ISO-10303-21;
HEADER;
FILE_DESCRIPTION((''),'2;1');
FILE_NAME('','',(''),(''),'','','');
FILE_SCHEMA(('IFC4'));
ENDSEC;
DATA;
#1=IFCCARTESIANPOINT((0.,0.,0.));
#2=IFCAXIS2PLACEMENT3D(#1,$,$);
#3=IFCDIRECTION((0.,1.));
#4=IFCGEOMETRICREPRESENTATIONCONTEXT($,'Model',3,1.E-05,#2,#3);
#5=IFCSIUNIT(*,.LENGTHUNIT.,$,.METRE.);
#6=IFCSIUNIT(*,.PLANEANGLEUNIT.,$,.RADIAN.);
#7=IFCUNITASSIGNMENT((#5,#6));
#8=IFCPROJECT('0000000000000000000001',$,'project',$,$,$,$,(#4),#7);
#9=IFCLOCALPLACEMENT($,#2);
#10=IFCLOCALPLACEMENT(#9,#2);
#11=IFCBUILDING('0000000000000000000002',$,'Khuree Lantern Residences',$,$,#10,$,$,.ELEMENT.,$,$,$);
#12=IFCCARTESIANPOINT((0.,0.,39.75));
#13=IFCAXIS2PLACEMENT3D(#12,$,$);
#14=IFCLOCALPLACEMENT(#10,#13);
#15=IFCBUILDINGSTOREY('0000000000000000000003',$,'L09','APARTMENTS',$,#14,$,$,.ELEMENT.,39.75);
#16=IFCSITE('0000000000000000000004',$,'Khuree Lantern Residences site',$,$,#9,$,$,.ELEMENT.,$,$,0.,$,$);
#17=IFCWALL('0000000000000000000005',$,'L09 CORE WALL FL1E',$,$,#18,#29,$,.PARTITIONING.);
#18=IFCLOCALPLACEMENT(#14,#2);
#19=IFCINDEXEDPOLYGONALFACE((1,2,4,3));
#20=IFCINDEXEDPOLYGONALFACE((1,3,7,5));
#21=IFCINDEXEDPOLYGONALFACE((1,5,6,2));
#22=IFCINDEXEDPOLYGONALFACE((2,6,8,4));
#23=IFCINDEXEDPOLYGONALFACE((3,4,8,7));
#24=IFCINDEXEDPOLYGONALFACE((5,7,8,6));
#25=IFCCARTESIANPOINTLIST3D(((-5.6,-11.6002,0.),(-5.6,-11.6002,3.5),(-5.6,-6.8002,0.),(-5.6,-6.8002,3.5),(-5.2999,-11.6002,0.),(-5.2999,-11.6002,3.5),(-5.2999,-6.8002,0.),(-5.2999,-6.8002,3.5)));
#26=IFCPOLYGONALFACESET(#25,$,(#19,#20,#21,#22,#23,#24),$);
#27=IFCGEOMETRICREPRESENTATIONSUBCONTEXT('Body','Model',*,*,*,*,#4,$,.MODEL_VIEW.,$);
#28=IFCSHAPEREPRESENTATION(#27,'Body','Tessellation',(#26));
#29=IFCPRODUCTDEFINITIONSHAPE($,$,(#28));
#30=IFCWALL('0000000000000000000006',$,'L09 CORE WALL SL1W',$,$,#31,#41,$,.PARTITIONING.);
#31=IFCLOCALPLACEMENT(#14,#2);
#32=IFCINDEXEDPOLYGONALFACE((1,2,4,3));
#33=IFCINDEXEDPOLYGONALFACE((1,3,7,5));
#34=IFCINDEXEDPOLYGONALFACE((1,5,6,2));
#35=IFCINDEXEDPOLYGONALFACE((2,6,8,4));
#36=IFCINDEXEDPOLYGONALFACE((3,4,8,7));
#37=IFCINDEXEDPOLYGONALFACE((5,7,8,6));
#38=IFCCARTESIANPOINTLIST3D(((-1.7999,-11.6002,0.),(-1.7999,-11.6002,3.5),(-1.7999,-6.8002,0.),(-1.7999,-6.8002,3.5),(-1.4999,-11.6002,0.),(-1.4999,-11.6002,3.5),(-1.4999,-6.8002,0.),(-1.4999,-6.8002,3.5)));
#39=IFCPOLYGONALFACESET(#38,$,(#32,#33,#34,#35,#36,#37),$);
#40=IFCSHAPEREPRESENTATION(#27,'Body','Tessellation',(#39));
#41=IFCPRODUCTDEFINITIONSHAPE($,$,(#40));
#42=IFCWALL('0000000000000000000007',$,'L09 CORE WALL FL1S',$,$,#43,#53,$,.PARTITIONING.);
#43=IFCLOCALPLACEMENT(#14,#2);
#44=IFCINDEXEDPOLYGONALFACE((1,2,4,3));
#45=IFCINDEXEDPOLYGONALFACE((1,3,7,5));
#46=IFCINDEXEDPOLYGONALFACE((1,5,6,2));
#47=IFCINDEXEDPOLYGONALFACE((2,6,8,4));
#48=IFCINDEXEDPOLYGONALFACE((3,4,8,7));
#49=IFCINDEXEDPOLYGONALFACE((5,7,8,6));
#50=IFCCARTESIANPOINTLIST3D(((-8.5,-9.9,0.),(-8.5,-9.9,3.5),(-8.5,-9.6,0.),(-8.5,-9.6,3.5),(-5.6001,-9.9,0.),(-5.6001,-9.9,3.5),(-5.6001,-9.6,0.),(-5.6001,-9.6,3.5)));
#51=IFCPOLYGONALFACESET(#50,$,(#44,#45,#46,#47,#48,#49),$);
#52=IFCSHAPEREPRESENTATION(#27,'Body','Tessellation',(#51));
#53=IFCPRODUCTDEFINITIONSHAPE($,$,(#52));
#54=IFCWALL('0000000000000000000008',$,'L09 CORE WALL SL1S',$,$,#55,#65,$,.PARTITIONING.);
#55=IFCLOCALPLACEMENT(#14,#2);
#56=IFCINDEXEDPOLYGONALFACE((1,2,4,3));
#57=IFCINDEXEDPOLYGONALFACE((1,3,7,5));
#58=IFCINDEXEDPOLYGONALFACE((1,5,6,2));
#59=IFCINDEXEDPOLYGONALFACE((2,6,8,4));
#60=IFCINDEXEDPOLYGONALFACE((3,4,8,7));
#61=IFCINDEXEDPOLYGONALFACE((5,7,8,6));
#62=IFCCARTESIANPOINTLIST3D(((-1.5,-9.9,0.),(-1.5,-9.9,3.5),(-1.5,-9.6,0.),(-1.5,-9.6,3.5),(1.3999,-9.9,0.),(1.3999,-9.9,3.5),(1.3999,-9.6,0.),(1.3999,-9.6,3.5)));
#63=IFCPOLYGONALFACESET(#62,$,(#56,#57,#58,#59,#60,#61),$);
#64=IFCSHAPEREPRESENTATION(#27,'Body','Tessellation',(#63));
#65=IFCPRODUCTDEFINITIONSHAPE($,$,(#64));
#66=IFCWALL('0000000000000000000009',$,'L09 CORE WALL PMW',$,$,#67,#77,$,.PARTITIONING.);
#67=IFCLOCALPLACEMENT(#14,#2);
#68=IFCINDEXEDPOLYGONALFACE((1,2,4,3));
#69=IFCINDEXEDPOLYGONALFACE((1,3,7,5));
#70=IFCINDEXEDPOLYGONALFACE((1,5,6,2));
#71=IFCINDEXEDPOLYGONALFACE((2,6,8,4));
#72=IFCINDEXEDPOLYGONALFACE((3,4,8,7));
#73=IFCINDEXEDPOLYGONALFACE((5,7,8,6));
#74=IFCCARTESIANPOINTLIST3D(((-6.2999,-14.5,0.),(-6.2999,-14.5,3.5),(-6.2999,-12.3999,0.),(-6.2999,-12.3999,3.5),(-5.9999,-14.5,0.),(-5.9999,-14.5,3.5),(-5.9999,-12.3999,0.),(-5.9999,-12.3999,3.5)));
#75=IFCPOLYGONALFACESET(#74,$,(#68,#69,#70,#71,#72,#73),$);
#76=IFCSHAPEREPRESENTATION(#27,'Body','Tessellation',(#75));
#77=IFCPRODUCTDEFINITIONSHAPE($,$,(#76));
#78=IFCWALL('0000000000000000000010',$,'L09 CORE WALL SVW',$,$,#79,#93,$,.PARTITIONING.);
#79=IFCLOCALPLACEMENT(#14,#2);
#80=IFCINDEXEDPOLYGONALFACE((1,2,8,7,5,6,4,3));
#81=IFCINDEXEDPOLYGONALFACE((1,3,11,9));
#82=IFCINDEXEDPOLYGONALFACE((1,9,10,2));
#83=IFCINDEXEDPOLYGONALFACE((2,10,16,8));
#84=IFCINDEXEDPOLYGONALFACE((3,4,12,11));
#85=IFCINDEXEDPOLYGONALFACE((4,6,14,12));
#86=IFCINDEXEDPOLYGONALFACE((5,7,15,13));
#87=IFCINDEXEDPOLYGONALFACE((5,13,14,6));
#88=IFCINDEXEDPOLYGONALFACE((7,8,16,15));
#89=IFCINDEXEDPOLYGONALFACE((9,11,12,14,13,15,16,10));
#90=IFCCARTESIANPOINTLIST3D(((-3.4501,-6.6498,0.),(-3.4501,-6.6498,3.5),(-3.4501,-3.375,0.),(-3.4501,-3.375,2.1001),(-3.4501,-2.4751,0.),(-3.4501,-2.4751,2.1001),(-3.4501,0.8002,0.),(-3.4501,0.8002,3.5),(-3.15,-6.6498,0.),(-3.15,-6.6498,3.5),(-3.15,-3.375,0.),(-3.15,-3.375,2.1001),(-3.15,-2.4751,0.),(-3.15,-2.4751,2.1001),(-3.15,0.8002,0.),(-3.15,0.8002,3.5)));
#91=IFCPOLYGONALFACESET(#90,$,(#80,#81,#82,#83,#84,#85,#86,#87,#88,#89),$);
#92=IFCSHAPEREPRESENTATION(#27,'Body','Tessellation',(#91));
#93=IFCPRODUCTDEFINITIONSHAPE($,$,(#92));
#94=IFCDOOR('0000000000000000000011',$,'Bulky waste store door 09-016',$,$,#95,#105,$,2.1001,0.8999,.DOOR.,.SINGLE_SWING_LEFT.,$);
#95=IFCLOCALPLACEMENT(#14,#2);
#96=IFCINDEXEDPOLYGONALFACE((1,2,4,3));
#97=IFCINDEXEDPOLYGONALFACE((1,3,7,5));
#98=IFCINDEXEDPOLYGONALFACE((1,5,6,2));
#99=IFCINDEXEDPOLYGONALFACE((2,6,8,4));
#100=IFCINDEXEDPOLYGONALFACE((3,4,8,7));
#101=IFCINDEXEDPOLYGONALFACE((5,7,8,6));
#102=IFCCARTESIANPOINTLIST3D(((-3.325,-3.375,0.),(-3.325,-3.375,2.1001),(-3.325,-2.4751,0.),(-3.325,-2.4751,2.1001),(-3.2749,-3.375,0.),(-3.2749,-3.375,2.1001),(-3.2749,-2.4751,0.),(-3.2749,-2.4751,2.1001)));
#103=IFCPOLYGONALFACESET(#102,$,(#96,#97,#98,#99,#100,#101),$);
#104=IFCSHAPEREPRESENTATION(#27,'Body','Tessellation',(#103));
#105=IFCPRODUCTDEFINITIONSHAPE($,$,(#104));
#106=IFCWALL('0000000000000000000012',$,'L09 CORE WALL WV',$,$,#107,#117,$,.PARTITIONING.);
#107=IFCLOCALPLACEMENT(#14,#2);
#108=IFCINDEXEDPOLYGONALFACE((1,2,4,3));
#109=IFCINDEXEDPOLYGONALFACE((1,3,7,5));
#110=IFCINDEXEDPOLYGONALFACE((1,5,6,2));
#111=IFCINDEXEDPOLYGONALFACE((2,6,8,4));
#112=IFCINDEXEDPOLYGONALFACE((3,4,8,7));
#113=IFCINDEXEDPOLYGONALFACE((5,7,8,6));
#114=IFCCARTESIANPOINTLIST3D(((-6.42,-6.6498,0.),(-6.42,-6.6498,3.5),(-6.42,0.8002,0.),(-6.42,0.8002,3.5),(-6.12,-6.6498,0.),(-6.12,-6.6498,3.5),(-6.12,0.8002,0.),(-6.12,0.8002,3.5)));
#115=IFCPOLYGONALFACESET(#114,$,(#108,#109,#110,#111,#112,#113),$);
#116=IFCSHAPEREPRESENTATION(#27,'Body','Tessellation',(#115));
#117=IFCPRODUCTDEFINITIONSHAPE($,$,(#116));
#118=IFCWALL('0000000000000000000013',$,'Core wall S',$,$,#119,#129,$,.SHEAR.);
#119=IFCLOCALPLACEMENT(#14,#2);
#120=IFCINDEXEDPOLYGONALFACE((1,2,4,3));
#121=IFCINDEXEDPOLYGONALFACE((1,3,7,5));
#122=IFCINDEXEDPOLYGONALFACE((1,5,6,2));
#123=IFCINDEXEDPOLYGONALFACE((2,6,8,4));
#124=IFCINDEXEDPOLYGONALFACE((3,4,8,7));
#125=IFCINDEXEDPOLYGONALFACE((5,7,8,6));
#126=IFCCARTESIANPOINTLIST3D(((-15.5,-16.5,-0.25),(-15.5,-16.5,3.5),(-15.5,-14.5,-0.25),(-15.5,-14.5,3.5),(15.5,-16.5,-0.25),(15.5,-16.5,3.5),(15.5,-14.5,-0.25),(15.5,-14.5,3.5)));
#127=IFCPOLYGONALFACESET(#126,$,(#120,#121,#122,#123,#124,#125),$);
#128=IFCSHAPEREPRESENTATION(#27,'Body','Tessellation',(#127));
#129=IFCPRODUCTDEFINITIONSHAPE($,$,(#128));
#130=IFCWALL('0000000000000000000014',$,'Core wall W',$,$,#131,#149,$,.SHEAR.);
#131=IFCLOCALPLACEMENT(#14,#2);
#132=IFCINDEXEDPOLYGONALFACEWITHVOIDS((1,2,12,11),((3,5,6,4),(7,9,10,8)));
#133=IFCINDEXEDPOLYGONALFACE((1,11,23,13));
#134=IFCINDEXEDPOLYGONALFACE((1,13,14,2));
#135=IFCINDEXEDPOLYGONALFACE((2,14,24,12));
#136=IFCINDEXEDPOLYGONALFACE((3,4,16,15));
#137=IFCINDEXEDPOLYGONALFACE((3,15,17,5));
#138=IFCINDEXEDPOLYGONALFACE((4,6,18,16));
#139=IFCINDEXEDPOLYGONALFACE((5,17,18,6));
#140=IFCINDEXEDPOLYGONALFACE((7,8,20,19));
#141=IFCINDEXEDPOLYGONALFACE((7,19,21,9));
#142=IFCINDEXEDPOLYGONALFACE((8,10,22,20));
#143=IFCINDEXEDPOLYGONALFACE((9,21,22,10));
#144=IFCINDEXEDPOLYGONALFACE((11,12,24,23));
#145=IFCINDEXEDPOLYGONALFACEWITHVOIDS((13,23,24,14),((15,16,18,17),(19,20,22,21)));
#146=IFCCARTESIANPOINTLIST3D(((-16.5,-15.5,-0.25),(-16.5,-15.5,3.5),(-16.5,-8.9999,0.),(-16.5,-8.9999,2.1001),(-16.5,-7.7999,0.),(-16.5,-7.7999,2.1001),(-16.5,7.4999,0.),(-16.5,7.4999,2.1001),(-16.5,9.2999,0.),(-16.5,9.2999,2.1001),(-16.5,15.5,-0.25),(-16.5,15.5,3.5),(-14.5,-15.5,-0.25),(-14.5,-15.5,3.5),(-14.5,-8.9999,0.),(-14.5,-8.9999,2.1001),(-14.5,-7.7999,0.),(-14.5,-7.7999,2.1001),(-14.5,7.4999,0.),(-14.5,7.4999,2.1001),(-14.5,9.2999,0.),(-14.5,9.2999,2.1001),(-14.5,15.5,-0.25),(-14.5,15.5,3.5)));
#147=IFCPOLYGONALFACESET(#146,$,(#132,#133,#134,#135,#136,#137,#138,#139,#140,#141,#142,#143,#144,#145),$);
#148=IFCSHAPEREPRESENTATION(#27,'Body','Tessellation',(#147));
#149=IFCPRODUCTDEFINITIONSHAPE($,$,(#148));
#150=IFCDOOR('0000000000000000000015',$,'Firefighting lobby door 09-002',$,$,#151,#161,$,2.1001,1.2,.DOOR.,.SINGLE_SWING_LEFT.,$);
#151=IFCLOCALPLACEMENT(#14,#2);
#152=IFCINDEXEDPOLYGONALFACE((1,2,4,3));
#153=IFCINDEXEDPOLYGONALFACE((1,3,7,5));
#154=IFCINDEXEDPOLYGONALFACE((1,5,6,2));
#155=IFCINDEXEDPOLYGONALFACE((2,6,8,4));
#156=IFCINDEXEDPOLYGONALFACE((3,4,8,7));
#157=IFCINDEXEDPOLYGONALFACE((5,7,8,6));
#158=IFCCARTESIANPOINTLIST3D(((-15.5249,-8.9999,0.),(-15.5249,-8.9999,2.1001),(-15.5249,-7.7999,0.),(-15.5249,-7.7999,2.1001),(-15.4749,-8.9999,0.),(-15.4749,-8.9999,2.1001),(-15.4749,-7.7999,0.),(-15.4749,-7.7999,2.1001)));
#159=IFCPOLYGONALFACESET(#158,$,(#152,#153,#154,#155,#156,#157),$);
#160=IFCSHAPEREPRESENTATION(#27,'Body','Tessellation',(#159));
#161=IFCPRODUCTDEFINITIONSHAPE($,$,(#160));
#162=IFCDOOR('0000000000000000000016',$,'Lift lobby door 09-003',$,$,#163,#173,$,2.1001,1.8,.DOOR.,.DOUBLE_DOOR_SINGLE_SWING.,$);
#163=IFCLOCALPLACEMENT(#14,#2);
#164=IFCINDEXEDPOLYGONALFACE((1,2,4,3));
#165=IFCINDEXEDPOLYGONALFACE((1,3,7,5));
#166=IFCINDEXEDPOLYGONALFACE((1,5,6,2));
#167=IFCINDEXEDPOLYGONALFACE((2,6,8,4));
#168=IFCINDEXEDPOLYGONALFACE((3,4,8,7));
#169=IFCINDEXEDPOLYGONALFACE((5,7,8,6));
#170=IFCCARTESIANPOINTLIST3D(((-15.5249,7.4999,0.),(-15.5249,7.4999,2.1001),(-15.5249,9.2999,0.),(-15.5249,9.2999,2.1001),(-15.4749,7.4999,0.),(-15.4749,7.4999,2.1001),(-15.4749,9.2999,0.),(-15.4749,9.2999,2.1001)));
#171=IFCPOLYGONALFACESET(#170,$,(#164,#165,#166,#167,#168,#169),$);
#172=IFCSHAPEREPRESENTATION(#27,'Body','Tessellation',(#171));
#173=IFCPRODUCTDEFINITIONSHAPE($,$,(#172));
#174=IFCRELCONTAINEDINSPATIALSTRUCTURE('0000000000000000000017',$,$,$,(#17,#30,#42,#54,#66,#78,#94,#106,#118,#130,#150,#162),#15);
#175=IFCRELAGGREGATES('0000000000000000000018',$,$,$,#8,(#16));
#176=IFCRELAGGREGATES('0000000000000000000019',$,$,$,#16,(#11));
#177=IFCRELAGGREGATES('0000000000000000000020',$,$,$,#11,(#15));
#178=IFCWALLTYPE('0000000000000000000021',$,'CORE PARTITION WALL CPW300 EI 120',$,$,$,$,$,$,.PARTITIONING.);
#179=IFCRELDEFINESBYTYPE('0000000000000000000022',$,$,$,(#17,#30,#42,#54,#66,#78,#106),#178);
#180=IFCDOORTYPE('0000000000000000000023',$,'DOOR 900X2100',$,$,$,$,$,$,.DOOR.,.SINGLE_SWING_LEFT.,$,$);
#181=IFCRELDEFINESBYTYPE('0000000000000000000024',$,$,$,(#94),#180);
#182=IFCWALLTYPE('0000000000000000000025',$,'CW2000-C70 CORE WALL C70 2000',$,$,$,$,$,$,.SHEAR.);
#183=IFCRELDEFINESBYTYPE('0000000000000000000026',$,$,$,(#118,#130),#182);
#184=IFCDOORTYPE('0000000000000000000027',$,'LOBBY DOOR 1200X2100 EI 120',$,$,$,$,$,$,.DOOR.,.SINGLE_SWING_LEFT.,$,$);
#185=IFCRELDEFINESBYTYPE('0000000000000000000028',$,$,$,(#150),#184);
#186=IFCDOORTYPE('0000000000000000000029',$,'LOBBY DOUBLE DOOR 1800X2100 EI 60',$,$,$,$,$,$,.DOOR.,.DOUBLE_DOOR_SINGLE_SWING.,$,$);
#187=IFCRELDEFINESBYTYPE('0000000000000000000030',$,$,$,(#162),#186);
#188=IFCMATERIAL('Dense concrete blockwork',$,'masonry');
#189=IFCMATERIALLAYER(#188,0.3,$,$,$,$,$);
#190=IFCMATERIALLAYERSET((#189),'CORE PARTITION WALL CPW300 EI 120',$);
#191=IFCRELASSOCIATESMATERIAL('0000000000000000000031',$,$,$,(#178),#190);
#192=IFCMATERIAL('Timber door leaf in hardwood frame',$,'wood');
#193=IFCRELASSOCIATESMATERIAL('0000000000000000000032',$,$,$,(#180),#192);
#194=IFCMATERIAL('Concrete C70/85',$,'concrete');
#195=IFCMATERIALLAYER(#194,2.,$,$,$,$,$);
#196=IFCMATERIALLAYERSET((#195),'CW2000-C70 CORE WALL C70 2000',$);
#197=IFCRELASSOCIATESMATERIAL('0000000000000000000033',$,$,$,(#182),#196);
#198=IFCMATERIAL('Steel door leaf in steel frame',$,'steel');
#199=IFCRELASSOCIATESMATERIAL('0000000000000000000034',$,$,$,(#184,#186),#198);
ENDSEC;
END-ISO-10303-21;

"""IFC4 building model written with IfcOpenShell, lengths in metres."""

from ifc_helpers import new_model, si_unit, direction, frame, frame_2d, origin, place, context, subcontext, project, spatial, rectangle, extrude, material, layer, layer_set, type_object, element, fill, save


model = new_model("IFC4")

# Units and contexts
model_context = context("Model", 3, precision=1e-05, world=origin(), true_north=direction((0.0, 1.0)))
body_context = subcontext(model_context, "Body", "Model", "MODEL_VIEW")
ifc_project = project(units=[si_unit("LENGTHUNIT", "METRE"), si_unit("PLANEANGLEUNIT", "RADIAN")], contexts=[model_context])

# Site, building, storey
site_placement = place(None, origin())
site = spatial("IfcSite", under=ifc_project, at=site_placement, Name="Khuree Lantern Residences site", CompositionType="ELEMENT", RefElevation=0.0)
building_placement = place(site_placement, origin())
building = spatial("IfcBuilding", under=site, at=building_placement, Name="Khuree Lantern Residences", CompositionType="ELEMENT")
storey_placement = place(building_placement, frame((0.0, 0.0, 39.75)))
storey = spatial("IfcBuildingStorey", under=building, at=storey_placement, Name="L09", Description="APARTMENTS", CompositionType="ELEMENT", Elevation=39.75)

# Shared definitions
ifc_material_1 = material(Name="Concrete C70/85", Category="concrete")

# Shared definitions
ifc_material_2 = material(Name="Dense concrete blockwork", Category="masonry")
ifc_layer_1 = layer(ifc_material_2, 0.3)
ifc_layer_set_1 = layer_set([ifc_layer_1], Name="CORE PARTITION WALL CPW300 EI 120")
wall_type_1 = type_object("IfcWallType", Name="CORE PARTITION WALL CPW300 EI 120", PredefinedType="PARTITIONING", material=ifc_layer_set_1)

# Shared definitions
ifc_material_3 = material(Name="Steel door leaf in steel frame", Category="steel")

# Walls
for number, where, z_axis, x_axis, name in (
    (1, (-5.45, -11.6001, 0.0), (0.0, 0.0, 1.0), (0.0, 1.0, 0.0), "L09 CORE WALL FL1E"),
    (2, (-1.6499, -11.6001, 0.0), (0.0, 0.0, 1.0), (0.0, 1.0, 0.0), "L09 CORE WALL SL1W"),
):
    element("IfcWall", number, at=place(storey_placement, frame(where, z_axis=z_axis, x_axis=x_axis)), inside=storey, type_object=wall_type_1, Name=name, PredefinedType="PARTITIONING", context=body_context, shape_type="SweptSolid", body=[
        extrude(rectangle(XDim=4.8, YDim=0.3, at=frame_2d((2.3999, 0.0))), origin(), (0.0, 0.0, 1.0), 3.5),
    ])
for number, where, z_axis, x_axis, name in (
    (3, (-8.5, -9.75, 0.0), (0.0, 0.0, 1.0), (1.0, 0.0, 0.0), "L09 CORE WALL FL1S"),
    (4, (-1.5, -9.75, 0.0), (0.0, 0.0, 1.0), (1.0, 0.0, 0.0), "L09 CORE WALL SL1S"),
):
    element("IfcWall", number, at=place(storey_placement, frame(where, z_axis=z_axis, x_axis=x_axis)), inside=storey, type_object=wall_type_1, Name=name, PredefinedType="PARTITIONING", context=body_context, shape_type="SweptSolid", body=[
        extrude(rectangle(XDim=2.8999, YDim=0.3, at=frame_2d((1.45, 0.0))), origin(), (0.0, 0.0, 1.0), 3.5),
    ])
wall_1_placement = place(storey_placement, frame((-6.1499, -14.5, 0.0), z_axis=(0.0, 0.0, 1.0), x_axis=(0.0, 1.0, 0.0)))
element("IfcWall", 5, at=wall_1_placement, inside=storey, type_object=wall_type_1, Name="L09 CORE WALL PMW", PredefinedType="PARTITIONING", context=body_context, shape_type="SweptSolid", body=[
    extrude(rectangle(XDim=2.1001, YDim=0.3, at=frame_2d((1.05, 0.0))), origin(), (0.0, 0.0, 1.0), 3.5),
])

# Wall, opening, door
wall_2_placement = place(storey_placement, frame((-3.3, -6.6499, 0.0), z_axis=(0.0, 0.0, 1.0), x_axis=(0.0, 1.0, 0.0)))
wall_2 = element("IfcWall", 6, at=wall_2_placement, inside=storey, type_object=wall_type_1, Name="L09 CORE WALL SVW", PredefinedType="PARTITIONING", context=body_context, shape_type="SweptSolid", body=[
    extrude(rectangle(XDim=7.45, YDim=0.3, at=frame_2d((3.7251, 0.0))), origin(), (0.0, 0.0, 1.0), 3.5),
])
opening_1_placement = place(wall_2_placement, frame((3.2749, 0.0, 0.0)))
opening_1 = element("IfcOpeningElement", 7, at=opening_1_placement, cuts=wall_2, PredefinedType="OPENING", context=body_context, shape_type="SweptSolid", body=[
    extrude(rectangle(XDim=0.8999, YDim=2.1001, at=frame_2d((0.45, 1.05))), frame((0.0, 0.1602, 0.0), z_axis=(0.0, -1.0, 0.0), x_axis=(1.0, 0.0, 0.0)), (0.0, 0.0, 1.0), 0.3201),
])
ifc_material_4 = material(Name="Timber door leaf in hardwood frame", Category="wood")
door_type_1 = type_object("IfcDoorType", Name="DOOR 900X2100", OperationType="SINGLE_SWING_LEFT", PredefinedType="DOOR", material=ifc_material_4)
door_1_placement = place(opening_1_placement, origin())
door_1 = element("IfcDoor", 8, at=door_1_placement, inside=storey, type_object=door_type_1, Name="Bulky waste store door 09-016", OperationType="SINGLE_SWING_LEFT", OverallHeight=2.1001, OverallWidth=0.8999, PredefinedType="DOOR", context=body_context, shape_type="SweptSolid", body=[
    extrude(rectangle(XDim=0.8999, YDim=2.1001, at=frame_2d((0.45, 1.05))), frame((0.0, 0.0249, 0.0), z_axis=(0.0, -1.0, 0.0), x_axis=(1.0, 0.0, 0.0)), (0.0, 0.0, 1.0), 0.05),
])
fill(opening_1, door_1)

# Walls
wall_3_placement = place(storey_placement, frame((-6.27, -6.6499, 0.0), z_axis=(0.0, 0.0, 1.0), x_axis=(0.0, 1.0, 0.0)))
element("IfcWall", 9, at=wall_3_placement, inside=storey, type_object=wall_type_1, Name="L09 CORE WALL WV", PredefinedType="PARTITIONING", context=body_context, shape_type="SweptSolid", body=[
    extrude(rectangle(XDim=7.45, YDim=0.3, at=frame_2d((3.7251, 0.0))), origin(), (0.0, 0.0, 1.0), 3.5),
])
ifc_layer_2 = layer(ifc_material_1, 2.0)
ifc_layer_set_2 = layer_set([ifc_layer_2], Name="CW2000-C70 CORE WALL C70 2000")
wall_type_2 = type_object("IfcWallType", Name="CW2000-C70 CORE WALL C70 2000", PredefinedType="SHEAR", material=ifc_layer_set_2)
wall_4_placement = place(storey_placement, frame((-15.5, -15.5, -0.25), z_axis=(0.0, 0.0, 1.0), x_axis=(1.0, 0.0, 0.0)))
element("IfcWall", 10, at=wall_4_placement, inside=storey, type_object=wall_type_2, Name="Core wall S", PredefinedType="SHEAR", context=body_context, shape_type="SweptSolid", body=[
    extrude(rectangle(XDim=31.0, YDim=2.0, at=frame_2d((15.5, 0.0))), origin(), (0.0, 0.0, 1.0), 3.75),
])

# Wall, openings, doors
wall_5_placement = place(storey_placement, frame((-15.5, -15.5, -0.25), z_axis=(0.0, 0.0, 1.0), x_axis=(0.0, 1.0, 0.0)))
wall_5 = element("IfcWall", 11, at=wall_5_placement, inside=storey, type_object=wall_type_2, Name="Core wall W", PredefinedType="SHEAR", context=body_context, shape_type="SweptSolid", body=[
    extrude(rectangle(XDim=31.0, YDim=2.0, at=frame_2d((15.5, 0.0))), origin(), (0.0, 0.0, 1.0), 3.75),
])
opening_2_placement = place(wall_5_placement, frame((6.5, 0.0, 0.25)))
opening_2 = element("IfcOpeningElement", 12, at=opening_2_placement, cuts=wall_5, PredefinedType="OPENING", context=body_context, shape_type="SweptSolid", body=[
    extrude(rectangle(XDim=1.2, YDim=2.1001, at=frame_2d((0.6001, 1.05))), frame((0.0, 1.01, 0.0), z_axis=(0.0, -1.0, 0.0), x_axis=(1.0, 0.0, 0.0)), (0.0, 0.0, 1.0), 2.02),
])
opening_3_placement = place(wall_5_placement, frame((23.0, 0.0, 0.25)))
opening_3 = element("IfcOpeningElement", 13, at=opening_3_placement, cuts=wall_5, PredefinedType="OPENING", context=body_context, shape_type="SweptSolid", body=[
    extrude(rectangle(XDim=1.8, YDim=2.1001, at=frame_2d((0.8999, 1.05))), frame((0.0, 1.01, 0.0), z_axis=(0.0, -1.0, 0.0), x_axis=(1.0, 0.0, 0.0)), (0.0, 0.0, 1.0), 2.02),
])
door_type_2 = type_object("IfcDoorType", Name="LOBBY DOOR 1200X2100 EI 120", OperationType="SINGLE_SWING_LEFT", PredefinedType="DOOR", material=ifc_material_3)
door_2_placement = place(opening_2_placement, origin())
door_2 = element("IfcDoor", 14, at=door_2_placement, inside=storey, type_object=door_type_2, Name="Firefighting lobby door 09-002", OperationType="SINGLE_SWING_LEFT", OverallHeight=2.1001, OverallWidth=1.2, PredefinedType="DOOR", context=body_context, shape_type="SweptSolid", body=[
    extrude(rectangle(XDim=1.2, YDim=2.1001, at=frame_2d((0.6001, 1.05))), frame((0.0, 0.0249, 0.0), z_axis=(0.0, -1.0, 0.0), x_axis=(1.0, 0.0, 0.0)), (0.0, 0.0, 1.0), 0.05),
])
fill(opening_2, door_2)
door_type_3 = type_object("IfcDoorType", Name="LOBBY DOUBLE DOOR 1800X2100 EI 60", OperationType="DOUBLE_DOOR_SINGLE_SWING", PredefinedType="DOOR", material=ifc_material_3)
door_3_placement = place(opening_3_placement, origin())
door_3 = element("IfcDoor", 15, at=door_3_placement, inside=storey, type_object=door_type_3, Name="Lift lobby door 09-003", OperationType="DOUBLE_DOOR_SINGLE_SWING", OverallHeight=2.1001, OverallWidth=1.8, PredefinedType="DOOR", context=body_context, shape_type="SweptSolid", body=[
    extrude(rectangle(XDim=1.8, YDim=2.1001, at=frame_2d((0.8999, 1.05))), frame((0.0, 0.0249, 0.0), z_axis=(0.0, -1.0, 0.0), x_axis=(1.0, 0.0, 0.0)), (0.0, 0.0, 1.0), 0.05),
])
fill(opening_3, door_3)

save(model, "model.ifc")
